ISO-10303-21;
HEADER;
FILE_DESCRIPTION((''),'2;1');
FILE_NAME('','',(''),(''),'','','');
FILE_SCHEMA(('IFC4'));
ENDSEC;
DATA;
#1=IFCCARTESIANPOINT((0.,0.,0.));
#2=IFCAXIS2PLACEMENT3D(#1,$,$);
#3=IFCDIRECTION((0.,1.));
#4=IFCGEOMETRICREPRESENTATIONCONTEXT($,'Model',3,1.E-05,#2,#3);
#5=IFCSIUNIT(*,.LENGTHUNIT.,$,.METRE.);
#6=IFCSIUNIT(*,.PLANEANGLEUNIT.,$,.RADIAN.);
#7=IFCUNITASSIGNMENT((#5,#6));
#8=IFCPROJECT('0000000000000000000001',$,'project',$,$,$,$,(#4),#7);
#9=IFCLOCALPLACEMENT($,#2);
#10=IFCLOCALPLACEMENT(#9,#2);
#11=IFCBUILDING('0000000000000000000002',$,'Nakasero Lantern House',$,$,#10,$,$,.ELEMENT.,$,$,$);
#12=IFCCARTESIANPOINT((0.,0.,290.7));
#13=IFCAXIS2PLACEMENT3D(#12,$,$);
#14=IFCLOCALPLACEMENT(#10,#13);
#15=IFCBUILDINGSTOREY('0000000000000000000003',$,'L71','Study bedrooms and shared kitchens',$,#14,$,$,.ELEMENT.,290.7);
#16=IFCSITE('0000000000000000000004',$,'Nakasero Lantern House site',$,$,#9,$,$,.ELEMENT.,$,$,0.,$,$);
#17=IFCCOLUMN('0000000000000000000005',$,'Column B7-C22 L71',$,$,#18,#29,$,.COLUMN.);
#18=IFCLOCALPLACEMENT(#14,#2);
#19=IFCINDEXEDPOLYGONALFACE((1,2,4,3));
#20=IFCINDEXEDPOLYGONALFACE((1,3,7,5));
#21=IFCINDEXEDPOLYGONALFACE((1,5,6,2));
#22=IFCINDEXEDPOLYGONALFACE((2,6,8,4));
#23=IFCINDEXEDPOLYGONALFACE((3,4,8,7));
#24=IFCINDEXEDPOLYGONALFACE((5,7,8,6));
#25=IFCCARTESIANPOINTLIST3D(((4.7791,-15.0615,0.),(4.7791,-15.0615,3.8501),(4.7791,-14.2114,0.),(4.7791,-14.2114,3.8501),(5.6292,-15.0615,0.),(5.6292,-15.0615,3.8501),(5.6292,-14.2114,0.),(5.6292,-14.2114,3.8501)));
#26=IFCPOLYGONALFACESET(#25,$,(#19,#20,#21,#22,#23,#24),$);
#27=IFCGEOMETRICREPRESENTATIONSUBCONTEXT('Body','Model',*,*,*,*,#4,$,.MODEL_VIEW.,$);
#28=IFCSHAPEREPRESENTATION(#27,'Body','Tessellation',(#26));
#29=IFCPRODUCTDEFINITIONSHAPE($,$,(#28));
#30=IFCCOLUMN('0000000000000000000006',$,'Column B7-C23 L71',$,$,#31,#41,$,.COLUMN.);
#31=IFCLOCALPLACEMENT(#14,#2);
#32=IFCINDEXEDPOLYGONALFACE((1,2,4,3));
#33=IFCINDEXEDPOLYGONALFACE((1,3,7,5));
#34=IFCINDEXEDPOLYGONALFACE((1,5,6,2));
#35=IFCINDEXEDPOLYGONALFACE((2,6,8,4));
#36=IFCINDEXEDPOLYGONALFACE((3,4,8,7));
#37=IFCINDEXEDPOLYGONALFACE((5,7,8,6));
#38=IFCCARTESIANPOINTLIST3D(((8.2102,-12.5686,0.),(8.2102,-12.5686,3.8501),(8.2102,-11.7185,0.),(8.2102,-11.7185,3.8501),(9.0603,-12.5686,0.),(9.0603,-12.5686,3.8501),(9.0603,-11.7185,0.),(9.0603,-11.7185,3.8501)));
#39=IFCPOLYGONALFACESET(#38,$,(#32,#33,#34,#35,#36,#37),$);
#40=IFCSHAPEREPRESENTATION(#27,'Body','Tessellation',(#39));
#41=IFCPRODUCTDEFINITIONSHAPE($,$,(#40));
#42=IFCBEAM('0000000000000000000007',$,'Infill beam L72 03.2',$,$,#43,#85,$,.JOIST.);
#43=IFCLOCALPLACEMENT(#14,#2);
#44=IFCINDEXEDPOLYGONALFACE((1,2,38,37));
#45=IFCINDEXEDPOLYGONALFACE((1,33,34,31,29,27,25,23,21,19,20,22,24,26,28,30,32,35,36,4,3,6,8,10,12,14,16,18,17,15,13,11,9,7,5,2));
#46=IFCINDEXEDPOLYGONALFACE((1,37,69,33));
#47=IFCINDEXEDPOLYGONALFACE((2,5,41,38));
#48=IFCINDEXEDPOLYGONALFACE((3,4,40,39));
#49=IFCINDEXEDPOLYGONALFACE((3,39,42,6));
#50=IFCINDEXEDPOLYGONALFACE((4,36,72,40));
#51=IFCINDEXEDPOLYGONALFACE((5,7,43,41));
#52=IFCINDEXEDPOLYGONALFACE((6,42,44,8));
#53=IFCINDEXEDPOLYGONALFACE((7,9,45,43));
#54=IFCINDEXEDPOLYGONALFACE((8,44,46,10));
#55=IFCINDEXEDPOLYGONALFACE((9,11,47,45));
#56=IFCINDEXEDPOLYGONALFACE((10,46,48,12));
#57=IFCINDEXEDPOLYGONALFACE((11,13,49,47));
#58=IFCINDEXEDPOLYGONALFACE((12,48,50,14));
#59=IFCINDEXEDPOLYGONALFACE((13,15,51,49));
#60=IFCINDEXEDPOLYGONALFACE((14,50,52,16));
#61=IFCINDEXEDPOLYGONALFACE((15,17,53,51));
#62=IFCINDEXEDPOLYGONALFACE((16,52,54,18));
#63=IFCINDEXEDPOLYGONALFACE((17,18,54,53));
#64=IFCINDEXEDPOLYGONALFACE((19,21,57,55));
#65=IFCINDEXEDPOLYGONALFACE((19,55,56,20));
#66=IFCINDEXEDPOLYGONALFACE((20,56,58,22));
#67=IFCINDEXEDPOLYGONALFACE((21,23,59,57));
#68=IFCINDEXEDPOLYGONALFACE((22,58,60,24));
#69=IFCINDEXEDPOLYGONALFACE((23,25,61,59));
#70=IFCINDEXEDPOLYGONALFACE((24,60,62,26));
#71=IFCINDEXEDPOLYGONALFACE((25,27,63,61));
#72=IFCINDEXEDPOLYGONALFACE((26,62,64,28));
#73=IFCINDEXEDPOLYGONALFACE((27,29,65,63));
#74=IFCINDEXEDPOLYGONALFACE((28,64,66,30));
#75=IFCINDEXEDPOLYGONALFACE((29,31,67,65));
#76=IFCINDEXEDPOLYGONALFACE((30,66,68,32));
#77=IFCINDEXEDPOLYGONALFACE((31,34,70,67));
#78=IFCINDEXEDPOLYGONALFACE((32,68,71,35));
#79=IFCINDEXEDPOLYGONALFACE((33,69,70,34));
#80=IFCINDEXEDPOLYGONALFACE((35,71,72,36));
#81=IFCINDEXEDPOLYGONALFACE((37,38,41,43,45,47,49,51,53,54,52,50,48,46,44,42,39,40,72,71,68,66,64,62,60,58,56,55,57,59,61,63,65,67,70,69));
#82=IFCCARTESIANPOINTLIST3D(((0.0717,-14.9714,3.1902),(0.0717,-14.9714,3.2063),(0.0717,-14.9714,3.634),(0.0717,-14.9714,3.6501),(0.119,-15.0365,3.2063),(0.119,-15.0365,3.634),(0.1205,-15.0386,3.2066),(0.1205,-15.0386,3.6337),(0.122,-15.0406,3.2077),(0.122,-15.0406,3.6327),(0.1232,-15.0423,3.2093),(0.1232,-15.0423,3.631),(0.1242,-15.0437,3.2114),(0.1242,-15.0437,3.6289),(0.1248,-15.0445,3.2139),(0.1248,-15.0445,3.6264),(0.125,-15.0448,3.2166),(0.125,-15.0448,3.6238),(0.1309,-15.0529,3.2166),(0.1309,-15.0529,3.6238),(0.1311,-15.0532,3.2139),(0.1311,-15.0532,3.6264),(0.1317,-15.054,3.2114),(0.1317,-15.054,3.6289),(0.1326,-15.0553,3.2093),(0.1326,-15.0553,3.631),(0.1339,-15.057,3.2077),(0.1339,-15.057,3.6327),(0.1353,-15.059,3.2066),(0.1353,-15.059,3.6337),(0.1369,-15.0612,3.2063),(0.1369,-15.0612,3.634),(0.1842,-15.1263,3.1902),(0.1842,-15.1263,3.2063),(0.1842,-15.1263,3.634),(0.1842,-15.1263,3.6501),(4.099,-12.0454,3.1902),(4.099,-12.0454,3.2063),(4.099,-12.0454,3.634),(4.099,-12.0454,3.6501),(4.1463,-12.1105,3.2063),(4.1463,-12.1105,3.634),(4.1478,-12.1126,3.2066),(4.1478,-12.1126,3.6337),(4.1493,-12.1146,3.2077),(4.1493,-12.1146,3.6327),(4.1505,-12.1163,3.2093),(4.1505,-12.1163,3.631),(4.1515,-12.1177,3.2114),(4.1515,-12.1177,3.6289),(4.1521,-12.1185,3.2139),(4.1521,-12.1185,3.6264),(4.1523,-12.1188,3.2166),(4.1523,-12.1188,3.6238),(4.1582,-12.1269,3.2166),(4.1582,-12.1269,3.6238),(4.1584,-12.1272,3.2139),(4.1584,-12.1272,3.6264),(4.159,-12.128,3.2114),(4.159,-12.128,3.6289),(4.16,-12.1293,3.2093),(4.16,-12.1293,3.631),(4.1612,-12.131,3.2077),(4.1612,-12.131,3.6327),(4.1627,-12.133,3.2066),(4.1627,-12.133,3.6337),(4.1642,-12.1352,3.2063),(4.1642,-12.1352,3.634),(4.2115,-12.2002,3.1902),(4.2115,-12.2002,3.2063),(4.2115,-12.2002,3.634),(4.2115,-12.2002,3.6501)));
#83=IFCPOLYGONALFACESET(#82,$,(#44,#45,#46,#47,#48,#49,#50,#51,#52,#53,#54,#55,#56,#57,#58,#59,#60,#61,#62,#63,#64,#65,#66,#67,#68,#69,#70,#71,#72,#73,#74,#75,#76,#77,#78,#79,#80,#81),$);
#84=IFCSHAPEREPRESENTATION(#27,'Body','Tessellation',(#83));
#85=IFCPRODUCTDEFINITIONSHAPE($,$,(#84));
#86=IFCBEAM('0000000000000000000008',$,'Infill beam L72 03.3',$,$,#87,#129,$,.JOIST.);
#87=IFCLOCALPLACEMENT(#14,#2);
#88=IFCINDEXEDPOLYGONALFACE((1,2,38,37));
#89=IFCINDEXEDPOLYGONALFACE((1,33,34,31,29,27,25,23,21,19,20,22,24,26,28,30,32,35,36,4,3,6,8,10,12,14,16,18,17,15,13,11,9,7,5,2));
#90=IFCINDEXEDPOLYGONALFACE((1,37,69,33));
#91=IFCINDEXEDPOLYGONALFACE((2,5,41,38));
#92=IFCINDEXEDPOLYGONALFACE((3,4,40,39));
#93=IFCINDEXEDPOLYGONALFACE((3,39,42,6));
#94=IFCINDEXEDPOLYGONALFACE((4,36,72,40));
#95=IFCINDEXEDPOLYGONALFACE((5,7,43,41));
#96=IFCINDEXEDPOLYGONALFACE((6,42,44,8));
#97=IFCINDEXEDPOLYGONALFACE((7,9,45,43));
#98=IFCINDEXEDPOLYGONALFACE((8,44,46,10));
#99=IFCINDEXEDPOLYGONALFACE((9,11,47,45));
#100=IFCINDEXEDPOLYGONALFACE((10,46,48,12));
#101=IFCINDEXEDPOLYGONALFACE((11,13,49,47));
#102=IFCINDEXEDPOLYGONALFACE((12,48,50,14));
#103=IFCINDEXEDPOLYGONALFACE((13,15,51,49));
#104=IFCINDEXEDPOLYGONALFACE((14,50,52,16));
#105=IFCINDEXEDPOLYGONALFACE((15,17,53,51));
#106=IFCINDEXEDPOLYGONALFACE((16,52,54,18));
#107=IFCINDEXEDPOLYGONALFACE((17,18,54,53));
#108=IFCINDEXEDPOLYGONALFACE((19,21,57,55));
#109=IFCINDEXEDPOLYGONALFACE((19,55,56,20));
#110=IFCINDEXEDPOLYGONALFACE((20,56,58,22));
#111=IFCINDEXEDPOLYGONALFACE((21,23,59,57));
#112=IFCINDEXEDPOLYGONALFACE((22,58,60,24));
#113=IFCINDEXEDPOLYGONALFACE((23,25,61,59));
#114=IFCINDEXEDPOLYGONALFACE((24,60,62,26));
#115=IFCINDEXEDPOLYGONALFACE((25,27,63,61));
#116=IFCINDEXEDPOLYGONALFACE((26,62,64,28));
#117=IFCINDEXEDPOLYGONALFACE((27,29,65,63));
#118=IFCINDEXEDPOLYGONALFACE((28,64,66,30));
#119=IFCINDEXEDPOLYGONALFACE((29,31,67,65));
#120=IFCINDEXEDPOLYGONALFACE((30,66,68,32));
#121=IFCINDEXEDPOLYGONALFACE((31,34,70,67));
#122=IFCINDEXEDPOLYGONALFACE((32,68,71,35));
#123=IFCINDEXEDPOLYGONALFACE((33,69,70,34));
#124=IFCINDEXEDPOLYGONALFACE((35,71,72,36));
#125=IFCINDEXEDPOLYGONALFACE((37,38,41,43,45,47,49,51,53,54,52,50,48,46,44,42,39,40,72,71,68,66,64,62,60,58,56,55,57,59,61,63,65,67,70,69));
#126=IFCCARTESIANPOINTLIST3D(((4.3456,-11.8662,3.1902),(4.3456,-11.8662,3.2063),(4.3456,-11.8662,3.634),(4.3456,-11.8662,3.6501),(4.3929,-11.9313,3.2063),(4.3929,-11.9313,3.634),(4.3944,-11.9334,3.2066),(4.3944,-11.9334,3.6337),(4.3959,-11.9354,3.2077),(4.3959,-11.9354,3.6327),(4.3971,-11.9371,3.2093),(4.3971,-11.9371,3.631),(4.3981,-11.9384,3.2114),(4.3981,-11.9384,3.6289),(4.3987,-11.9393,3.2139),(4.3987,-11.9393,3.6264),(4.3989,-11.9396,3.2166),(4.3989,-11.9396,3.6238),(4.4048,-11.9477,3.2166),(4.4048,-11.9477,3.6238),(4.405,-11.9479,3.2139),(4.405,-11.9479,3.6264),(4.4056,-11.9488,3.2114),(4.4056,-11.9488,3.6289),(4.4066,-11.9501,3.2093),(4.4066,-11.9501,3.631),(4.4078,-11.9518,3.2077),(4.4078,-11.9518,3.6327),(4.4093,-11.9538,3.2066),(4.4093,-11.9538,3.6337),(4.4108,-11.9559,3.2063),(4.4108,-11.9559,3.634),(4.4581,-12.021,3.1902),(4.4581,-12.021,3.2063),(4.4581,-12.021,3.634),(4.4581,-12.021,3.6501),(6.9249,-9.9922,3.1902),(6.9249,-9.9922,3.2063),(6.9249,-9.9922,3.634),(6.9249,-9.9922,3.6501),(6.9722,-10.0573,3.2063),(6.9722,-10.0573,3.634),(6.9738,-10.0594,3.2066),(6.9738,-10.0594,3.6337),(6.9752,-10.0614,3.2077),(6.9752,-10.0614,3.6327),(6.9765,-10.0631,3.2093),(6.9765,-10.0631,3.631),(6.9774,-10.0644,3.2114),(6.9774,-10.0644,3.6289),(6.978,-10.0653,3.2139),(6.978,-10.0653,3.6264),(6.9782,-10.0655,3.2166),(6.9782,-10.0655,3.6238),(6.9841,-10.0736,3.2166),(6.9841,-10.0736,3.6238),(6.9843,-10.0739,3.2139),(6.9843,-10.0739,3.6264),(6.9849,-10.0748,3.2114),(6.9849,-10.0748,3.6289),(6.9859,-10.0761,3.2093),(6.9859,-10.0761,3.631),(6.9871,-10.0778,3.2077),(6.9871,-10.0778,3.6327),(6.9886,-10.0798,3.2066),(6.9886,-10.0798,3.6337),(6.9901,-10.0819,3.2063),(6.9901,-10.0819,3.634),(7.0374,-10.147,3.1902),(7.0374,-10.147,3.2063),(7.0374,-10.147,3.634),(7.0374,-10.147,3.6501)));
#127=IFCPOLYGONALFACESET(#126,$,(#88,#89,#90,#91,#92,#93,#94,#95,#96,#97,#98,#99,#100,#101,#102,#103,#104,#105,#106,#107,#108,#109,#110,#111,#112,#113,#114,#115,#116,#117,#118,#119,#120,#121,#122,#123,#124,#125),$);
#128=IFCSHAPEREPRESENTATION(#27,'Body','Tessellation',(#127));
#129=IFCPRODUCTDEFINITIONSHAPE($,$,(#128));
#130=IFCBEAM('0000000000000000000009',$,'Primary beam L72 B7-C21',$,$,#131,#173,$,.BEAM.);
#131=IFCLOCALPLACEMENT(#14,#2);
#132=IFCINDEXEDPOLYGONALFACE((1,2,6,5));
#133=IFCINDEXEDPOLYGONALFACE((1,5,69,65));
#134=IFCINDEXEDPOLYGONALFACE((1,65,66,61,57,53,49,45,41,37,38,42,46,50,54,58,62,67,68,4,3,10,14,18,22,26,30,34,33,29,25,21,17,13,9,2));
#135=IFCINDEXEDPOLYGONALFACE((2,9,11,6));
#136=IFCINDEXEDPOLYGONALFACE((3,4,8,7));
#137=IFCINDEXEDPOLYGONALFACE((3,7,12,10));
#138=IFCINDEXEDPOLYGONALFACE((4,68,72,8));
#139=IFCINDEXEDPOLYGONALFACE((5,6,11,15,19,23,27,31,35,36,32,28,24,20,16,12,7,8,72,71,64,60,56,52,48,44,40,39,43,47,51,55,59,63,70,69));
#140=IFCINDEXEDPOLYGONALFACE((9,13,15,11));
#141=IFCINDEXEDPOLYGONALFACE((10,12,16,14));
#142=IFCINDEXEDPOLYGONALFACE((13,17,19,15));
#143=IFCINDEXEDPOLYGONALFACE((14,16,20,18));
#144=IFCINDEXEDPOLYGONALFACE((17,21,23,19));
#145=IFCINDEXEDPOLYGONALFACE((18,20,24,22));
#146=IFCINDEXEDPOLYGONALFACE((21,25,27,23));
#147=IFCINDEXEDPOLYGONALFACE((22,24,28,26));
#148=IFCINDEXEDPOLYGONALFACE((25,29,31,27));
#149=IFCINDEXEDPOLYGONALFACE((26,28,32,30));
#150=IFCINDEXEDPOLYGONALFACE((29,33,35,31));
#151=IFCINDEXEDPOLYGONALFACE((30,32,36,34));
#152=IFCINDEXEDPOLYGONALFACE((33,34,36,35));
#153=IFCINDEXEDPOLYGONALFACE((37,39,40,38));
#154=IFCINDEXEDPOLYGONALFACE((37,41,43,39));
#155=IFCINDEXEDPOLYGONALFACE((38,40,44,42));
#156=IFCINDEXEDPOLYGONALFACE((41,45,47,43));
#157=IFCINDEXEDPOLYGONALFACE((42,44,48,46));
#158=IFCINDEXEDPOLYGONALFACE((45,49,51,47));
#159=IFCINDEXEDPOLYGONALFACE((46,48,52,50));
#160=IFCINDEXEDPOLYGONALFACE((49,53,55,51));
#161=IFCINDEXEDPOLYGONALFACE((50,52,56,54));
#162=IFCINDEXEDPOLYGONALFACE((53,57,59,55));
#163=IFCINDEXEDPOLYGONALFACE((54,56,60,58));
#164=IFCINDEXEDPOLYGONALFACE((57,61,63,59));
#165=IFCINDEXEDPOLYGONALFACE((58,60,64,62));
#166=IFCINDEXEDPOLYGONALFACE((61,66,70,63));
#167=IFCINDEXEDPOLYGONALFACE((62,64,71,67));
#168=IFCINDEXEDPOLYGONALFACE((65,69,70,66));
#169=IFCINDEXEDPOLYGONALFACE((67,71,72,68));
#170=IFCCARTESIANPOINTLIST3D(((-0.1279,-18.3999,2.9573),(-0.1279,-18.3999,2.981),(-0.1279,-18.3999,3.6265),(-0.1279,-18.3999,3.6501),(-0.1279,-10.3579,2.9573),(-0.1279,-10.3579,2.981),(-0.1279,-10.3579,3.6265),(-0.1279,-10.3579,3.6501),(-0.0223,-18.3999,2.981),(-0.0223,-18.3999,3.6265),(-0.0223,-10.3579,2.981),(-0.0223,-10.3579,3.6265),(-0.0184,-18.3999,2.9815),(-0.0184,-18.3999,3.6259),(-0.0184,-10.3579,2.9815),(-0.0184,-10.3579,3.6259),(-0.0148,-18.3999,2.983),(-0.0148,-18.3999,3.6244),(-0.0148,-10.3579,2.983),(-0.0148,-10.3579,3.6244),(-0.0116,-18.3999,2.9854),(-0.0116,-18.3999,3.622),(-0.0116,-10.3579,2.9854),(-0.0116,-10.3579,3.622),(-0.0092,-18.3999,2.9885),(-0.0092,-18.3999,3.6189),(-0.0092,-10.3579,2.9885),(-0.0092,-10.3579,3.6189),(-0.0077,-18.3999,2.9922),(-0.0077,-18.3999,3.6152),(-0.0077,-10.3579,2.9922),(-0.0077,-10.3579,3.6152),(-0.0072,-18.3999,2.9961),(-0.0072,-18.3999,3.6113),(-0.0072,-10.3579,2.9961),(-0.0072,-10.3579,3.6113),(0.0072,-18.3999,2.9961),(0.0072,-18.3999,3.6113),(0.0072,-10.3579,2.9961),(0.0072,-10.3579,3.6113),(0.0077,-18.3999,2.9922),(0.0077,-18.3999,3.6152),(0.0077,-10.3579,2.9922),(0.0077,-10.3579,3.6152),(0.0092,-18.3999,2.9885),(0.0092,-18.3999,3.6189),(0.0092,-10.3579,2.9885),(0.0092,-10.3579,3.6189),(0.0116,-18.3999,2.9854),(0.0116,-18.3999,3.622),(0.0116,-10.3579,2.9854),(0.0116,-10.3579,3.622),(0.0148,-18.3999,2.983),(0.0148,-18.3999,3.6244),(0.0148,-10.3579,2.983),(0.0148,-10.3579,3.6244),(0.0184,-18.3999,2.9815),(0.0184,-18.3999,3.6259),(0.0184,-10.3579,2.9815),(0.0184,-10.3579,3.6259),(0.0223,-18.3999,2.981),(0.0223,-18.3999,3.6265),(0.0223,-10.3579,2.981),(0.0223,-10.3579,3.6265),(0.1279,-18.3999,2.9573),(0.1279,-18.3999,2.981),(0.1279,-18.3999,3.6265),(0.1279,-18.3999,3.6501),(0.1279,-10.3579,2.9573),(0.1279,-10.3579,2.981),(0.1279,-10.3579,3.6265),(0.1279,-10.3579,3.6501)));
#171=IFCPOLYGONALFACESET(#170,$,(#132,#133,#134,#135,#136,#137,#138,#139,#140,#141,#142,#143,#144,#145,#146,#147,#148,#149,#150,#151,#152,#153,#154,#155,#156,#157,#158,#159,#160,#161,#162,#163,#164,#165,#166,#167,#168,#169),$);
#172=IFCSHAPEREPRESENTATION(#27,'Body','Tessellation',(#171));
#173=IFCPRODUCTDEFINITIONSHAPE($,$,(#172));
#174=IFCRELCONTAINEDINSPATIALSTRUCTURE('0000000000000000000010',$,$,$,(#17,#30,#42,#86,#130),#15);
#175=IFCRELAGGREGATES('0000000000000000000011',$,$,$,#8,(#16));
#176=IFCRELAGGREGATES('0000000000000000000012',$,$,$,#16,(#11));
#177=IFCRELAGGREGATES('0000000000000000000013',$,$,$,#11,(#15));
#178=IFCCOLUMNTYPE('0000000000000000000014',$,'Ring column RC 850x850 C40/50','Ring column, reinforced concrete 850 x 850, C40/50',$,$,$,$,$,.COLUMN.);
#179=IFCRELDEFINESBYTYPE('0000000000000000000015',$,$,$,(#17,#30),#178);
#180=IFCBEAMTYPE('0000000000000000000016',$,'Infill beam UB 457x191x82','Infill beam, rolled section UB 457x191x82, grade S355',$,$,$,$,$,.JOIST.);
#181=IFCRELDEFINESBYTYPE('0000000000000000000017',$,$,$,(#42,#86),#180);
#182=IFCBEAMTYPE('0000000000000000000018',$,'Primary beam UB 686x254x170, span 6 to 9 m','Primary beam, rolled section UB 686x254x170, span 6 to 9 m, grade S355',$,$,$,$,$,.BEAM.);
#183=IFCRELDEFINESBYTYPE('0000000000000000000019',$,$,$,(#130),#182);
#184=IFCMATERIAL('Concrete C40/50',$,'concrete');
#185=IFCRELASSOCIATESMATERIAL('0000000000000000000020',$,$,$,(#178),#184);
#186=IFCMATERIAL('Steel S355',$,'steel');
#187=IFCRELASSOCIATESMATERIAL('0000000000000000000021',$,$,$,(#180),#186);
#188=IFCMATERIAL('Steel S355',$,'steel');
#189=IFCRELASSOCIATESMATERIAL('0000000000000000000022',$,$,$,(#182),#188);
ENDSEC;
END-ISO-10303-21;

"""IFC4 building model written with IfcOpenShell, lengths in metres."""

from ifc_helpers import new_model, si_unit, direction, frame, origin, origin_2d, place, context, subcontext, project, spatial, rectangle, i_section, extrude, material, material_profile, profile_set, type_object, element, save


model = new_model("IFC4")

# Units and contexts
model_context = context("Model", 3, precision=1e-05, world=origin(), true_north=direction((0.0, 1.0)))
body_context = subcontext(model_context, "Body", "Model", "MODEL_VIEW")
ifc_project = project(units=[si_unit("LENGTHUNIT", "METRE"), si_unit("PLANEANGLEUNIT", "RADIAN")], contexts=[model_context])

# Site, building, storey
site_placement = place(None, origin())
site = spatial("IfcSite", under=ifc_project, at=site_placement, Name="Nakasero Lantern House site", CompositionType="ELEMENT", RefElevation=0.0)
building_placement = place(site_placement, origin())
building = spatial("IfcBuilding", under=site, at=building_placement, Name="Nakasero Lantern House", CompositionType="ELEMENT")
storey_placement = place(building_placement, frame((0.0, 0.0, 290.7)))
storey = spatial("IfcBuildingStorey", under=building, at=storey_placement, Name="L71", Description="Study bedrooms and shared kitchens", CompositionType="ELEMENT", Elevation=290.7)

# Columns
ifc_material_1 = material(Name="Concrete C40/50", Category="concrete")
ifc_material_profile_1 = material_profile(ifc_material_1, rectangle(XDim=0.8501, YDim=0.8501, at=origin_2d()), Name="RC 850x850")
ifc_profile_set_1 = profile_set([ifc_material_profile_1], Name="Concrete C40/50")
column_type = type_object("IfcColumnType", Name="Ring column RC 850x850 C40/50", Description="Ring column, reinforced concrete 850 x 850, C40/50", PredefinedType="COLUMN", material=ifc_profile_set_1)
for number, where, z_axis, x_axis, name in (
    (1, (5.2041, -14.6365, 0.0), (0.0, 0.0, 1.0), (1.0, 0.0, 0.0), "Column B7-C22 L71"),
    (2, (8.6353, -12.1436, 0.0), (0.0, 0.0, 1.0), (1.0, 0.0, 0.0), "Column B7-C23 L71"),
):
    element("IfcColumn", number, at=place(storey_placement, frame(where, z_axis=z_axis, x_axis=x_axis)), inside=storey, type_object=column_type, Name=name, PredefinedType="COLUMN", context=body_context, shape_type="SweptSolid", body=[
        extrude(rectangle(XDim=0.8501, YDim=0.8501, at=origin_2d()), origin(), (0.0, 0.0, 1.0), 3.8501),
    ])

# Beams
ifc_material_2 = material(Name="Steel S355", Category="steel")
ifc_material_profile_2 = material_profile(ifc_material_2, i_section(OverallWidth=0.1914, OverallDepth=0.46, WebThickness=0.01, FlangeThickness=0.0161, FilletRadius=0.0103, at=origin_2d()), Name="UB 457x191x82")
ifc_profile_set_2 = profile_set([ifc_material_profile_2], Name="Steel S355")
beam_type_1 = type_object("IfcBeamType", Name="Infill beam UB 457x191x82", Description="Infill beam, rolled section UB 457x191x82, grade S355", PredefinedType="JOIST", material=ifc_profile_set_2)
beam_1_placement = place(storey_placement, frame((0.1279, -15.0488, 3.4202), z_axis=(0.809018, 0.587784, 0.0), x_axis=(-0.587784, 0.809018, 0.0)))
element("IfcBeam", 3, at=beam_1_placement, inside=storey, type_object=beam_type_1, Name="Infill beam L72 03.2", PredefinedType="JOIST", context=body_context, shape_type="SweptSolid", body=[
    extrude(i_section(OverallWidth=0.1914, OverallDepth=0.46, WebThickness=0.01, FlangeThickness=0.0161, FilletRadius=0.0103, at=origin_2d()), origin(), (0.0, 0.0, 1.0), 4.978),
])
beam_2_placement = place(storey_placement, frame((4.4019, -11.9436, 3.4202), z_axis=(0.809014, 0.587789, 0.0), x_axis=(-0.587789, 0.809014, 0.0)))
element("IfcBeam", 4, at=beam_2_placement, inside=storey, type_object=beam_type_1, Name="Infill beam L72 03.3", PredefinedType="JOIST", context=body_context, shape_type="SweptSolid", body=[
    extrude(i_section(OverallWidth=0.1914, OverallDepth=0.46, WebThickness=0.01, FlangeThickness=0.0161, FilletRadius=0.0103, at=origin_2d()), origin(), (0.0, 0.0, 1.0), 3.1882),
])
ifc_material_3 = material(Name="Steel S355", Category="steel")
ifc_material_profile_3 = material_profile(ifc_material_3, i_section(OverallWidth=0.2559, OverallDepth=0.6929, WebThickness=0.0144, FlangeThickness=0.0237, FilletRadius=0.0151, at=origin_2d()), Name="UB 686x254x170")
ifc_profile_set_3 = profile_set([ifc_material_profile_3], Name="Steel S355")
beam_type_2 = type_object("IfcBeamType", Name="Primary beam UB 686x254x170, span 6 to 9 m", Description="Primary beam, rolled section UB 686x254x170, span 6 to 9 m, grade S355", PredefinedType="BEAM", material=ifc_profile_set_3)
beam_3_placement = place(storey_placement, frame((0.0, -18.3999, 3.3037), z_axis=(0.0, 1.0, 0.0), x_axis=(-1.0, 0.0, 0.0)))
element("IfcBeam", 5, at=beam_3_placement, inside=storey, type_object=beam_type_2, Name="Primary beam L72 B7-C21", PredefinedType="BEAM", context=body_context, shape_type="SweptSolid", body=[
    extrude(i_section(OverallWidth=0.2559, OverallDepth=0.6929, WebThickness=0.0144, FlangeThickness=0.0237, FilletRadius=0.0151, at=origin_2d()), origin(), (0.0, 0.0, 1.0), 8.042),
])

save(model, "model.ifc")
